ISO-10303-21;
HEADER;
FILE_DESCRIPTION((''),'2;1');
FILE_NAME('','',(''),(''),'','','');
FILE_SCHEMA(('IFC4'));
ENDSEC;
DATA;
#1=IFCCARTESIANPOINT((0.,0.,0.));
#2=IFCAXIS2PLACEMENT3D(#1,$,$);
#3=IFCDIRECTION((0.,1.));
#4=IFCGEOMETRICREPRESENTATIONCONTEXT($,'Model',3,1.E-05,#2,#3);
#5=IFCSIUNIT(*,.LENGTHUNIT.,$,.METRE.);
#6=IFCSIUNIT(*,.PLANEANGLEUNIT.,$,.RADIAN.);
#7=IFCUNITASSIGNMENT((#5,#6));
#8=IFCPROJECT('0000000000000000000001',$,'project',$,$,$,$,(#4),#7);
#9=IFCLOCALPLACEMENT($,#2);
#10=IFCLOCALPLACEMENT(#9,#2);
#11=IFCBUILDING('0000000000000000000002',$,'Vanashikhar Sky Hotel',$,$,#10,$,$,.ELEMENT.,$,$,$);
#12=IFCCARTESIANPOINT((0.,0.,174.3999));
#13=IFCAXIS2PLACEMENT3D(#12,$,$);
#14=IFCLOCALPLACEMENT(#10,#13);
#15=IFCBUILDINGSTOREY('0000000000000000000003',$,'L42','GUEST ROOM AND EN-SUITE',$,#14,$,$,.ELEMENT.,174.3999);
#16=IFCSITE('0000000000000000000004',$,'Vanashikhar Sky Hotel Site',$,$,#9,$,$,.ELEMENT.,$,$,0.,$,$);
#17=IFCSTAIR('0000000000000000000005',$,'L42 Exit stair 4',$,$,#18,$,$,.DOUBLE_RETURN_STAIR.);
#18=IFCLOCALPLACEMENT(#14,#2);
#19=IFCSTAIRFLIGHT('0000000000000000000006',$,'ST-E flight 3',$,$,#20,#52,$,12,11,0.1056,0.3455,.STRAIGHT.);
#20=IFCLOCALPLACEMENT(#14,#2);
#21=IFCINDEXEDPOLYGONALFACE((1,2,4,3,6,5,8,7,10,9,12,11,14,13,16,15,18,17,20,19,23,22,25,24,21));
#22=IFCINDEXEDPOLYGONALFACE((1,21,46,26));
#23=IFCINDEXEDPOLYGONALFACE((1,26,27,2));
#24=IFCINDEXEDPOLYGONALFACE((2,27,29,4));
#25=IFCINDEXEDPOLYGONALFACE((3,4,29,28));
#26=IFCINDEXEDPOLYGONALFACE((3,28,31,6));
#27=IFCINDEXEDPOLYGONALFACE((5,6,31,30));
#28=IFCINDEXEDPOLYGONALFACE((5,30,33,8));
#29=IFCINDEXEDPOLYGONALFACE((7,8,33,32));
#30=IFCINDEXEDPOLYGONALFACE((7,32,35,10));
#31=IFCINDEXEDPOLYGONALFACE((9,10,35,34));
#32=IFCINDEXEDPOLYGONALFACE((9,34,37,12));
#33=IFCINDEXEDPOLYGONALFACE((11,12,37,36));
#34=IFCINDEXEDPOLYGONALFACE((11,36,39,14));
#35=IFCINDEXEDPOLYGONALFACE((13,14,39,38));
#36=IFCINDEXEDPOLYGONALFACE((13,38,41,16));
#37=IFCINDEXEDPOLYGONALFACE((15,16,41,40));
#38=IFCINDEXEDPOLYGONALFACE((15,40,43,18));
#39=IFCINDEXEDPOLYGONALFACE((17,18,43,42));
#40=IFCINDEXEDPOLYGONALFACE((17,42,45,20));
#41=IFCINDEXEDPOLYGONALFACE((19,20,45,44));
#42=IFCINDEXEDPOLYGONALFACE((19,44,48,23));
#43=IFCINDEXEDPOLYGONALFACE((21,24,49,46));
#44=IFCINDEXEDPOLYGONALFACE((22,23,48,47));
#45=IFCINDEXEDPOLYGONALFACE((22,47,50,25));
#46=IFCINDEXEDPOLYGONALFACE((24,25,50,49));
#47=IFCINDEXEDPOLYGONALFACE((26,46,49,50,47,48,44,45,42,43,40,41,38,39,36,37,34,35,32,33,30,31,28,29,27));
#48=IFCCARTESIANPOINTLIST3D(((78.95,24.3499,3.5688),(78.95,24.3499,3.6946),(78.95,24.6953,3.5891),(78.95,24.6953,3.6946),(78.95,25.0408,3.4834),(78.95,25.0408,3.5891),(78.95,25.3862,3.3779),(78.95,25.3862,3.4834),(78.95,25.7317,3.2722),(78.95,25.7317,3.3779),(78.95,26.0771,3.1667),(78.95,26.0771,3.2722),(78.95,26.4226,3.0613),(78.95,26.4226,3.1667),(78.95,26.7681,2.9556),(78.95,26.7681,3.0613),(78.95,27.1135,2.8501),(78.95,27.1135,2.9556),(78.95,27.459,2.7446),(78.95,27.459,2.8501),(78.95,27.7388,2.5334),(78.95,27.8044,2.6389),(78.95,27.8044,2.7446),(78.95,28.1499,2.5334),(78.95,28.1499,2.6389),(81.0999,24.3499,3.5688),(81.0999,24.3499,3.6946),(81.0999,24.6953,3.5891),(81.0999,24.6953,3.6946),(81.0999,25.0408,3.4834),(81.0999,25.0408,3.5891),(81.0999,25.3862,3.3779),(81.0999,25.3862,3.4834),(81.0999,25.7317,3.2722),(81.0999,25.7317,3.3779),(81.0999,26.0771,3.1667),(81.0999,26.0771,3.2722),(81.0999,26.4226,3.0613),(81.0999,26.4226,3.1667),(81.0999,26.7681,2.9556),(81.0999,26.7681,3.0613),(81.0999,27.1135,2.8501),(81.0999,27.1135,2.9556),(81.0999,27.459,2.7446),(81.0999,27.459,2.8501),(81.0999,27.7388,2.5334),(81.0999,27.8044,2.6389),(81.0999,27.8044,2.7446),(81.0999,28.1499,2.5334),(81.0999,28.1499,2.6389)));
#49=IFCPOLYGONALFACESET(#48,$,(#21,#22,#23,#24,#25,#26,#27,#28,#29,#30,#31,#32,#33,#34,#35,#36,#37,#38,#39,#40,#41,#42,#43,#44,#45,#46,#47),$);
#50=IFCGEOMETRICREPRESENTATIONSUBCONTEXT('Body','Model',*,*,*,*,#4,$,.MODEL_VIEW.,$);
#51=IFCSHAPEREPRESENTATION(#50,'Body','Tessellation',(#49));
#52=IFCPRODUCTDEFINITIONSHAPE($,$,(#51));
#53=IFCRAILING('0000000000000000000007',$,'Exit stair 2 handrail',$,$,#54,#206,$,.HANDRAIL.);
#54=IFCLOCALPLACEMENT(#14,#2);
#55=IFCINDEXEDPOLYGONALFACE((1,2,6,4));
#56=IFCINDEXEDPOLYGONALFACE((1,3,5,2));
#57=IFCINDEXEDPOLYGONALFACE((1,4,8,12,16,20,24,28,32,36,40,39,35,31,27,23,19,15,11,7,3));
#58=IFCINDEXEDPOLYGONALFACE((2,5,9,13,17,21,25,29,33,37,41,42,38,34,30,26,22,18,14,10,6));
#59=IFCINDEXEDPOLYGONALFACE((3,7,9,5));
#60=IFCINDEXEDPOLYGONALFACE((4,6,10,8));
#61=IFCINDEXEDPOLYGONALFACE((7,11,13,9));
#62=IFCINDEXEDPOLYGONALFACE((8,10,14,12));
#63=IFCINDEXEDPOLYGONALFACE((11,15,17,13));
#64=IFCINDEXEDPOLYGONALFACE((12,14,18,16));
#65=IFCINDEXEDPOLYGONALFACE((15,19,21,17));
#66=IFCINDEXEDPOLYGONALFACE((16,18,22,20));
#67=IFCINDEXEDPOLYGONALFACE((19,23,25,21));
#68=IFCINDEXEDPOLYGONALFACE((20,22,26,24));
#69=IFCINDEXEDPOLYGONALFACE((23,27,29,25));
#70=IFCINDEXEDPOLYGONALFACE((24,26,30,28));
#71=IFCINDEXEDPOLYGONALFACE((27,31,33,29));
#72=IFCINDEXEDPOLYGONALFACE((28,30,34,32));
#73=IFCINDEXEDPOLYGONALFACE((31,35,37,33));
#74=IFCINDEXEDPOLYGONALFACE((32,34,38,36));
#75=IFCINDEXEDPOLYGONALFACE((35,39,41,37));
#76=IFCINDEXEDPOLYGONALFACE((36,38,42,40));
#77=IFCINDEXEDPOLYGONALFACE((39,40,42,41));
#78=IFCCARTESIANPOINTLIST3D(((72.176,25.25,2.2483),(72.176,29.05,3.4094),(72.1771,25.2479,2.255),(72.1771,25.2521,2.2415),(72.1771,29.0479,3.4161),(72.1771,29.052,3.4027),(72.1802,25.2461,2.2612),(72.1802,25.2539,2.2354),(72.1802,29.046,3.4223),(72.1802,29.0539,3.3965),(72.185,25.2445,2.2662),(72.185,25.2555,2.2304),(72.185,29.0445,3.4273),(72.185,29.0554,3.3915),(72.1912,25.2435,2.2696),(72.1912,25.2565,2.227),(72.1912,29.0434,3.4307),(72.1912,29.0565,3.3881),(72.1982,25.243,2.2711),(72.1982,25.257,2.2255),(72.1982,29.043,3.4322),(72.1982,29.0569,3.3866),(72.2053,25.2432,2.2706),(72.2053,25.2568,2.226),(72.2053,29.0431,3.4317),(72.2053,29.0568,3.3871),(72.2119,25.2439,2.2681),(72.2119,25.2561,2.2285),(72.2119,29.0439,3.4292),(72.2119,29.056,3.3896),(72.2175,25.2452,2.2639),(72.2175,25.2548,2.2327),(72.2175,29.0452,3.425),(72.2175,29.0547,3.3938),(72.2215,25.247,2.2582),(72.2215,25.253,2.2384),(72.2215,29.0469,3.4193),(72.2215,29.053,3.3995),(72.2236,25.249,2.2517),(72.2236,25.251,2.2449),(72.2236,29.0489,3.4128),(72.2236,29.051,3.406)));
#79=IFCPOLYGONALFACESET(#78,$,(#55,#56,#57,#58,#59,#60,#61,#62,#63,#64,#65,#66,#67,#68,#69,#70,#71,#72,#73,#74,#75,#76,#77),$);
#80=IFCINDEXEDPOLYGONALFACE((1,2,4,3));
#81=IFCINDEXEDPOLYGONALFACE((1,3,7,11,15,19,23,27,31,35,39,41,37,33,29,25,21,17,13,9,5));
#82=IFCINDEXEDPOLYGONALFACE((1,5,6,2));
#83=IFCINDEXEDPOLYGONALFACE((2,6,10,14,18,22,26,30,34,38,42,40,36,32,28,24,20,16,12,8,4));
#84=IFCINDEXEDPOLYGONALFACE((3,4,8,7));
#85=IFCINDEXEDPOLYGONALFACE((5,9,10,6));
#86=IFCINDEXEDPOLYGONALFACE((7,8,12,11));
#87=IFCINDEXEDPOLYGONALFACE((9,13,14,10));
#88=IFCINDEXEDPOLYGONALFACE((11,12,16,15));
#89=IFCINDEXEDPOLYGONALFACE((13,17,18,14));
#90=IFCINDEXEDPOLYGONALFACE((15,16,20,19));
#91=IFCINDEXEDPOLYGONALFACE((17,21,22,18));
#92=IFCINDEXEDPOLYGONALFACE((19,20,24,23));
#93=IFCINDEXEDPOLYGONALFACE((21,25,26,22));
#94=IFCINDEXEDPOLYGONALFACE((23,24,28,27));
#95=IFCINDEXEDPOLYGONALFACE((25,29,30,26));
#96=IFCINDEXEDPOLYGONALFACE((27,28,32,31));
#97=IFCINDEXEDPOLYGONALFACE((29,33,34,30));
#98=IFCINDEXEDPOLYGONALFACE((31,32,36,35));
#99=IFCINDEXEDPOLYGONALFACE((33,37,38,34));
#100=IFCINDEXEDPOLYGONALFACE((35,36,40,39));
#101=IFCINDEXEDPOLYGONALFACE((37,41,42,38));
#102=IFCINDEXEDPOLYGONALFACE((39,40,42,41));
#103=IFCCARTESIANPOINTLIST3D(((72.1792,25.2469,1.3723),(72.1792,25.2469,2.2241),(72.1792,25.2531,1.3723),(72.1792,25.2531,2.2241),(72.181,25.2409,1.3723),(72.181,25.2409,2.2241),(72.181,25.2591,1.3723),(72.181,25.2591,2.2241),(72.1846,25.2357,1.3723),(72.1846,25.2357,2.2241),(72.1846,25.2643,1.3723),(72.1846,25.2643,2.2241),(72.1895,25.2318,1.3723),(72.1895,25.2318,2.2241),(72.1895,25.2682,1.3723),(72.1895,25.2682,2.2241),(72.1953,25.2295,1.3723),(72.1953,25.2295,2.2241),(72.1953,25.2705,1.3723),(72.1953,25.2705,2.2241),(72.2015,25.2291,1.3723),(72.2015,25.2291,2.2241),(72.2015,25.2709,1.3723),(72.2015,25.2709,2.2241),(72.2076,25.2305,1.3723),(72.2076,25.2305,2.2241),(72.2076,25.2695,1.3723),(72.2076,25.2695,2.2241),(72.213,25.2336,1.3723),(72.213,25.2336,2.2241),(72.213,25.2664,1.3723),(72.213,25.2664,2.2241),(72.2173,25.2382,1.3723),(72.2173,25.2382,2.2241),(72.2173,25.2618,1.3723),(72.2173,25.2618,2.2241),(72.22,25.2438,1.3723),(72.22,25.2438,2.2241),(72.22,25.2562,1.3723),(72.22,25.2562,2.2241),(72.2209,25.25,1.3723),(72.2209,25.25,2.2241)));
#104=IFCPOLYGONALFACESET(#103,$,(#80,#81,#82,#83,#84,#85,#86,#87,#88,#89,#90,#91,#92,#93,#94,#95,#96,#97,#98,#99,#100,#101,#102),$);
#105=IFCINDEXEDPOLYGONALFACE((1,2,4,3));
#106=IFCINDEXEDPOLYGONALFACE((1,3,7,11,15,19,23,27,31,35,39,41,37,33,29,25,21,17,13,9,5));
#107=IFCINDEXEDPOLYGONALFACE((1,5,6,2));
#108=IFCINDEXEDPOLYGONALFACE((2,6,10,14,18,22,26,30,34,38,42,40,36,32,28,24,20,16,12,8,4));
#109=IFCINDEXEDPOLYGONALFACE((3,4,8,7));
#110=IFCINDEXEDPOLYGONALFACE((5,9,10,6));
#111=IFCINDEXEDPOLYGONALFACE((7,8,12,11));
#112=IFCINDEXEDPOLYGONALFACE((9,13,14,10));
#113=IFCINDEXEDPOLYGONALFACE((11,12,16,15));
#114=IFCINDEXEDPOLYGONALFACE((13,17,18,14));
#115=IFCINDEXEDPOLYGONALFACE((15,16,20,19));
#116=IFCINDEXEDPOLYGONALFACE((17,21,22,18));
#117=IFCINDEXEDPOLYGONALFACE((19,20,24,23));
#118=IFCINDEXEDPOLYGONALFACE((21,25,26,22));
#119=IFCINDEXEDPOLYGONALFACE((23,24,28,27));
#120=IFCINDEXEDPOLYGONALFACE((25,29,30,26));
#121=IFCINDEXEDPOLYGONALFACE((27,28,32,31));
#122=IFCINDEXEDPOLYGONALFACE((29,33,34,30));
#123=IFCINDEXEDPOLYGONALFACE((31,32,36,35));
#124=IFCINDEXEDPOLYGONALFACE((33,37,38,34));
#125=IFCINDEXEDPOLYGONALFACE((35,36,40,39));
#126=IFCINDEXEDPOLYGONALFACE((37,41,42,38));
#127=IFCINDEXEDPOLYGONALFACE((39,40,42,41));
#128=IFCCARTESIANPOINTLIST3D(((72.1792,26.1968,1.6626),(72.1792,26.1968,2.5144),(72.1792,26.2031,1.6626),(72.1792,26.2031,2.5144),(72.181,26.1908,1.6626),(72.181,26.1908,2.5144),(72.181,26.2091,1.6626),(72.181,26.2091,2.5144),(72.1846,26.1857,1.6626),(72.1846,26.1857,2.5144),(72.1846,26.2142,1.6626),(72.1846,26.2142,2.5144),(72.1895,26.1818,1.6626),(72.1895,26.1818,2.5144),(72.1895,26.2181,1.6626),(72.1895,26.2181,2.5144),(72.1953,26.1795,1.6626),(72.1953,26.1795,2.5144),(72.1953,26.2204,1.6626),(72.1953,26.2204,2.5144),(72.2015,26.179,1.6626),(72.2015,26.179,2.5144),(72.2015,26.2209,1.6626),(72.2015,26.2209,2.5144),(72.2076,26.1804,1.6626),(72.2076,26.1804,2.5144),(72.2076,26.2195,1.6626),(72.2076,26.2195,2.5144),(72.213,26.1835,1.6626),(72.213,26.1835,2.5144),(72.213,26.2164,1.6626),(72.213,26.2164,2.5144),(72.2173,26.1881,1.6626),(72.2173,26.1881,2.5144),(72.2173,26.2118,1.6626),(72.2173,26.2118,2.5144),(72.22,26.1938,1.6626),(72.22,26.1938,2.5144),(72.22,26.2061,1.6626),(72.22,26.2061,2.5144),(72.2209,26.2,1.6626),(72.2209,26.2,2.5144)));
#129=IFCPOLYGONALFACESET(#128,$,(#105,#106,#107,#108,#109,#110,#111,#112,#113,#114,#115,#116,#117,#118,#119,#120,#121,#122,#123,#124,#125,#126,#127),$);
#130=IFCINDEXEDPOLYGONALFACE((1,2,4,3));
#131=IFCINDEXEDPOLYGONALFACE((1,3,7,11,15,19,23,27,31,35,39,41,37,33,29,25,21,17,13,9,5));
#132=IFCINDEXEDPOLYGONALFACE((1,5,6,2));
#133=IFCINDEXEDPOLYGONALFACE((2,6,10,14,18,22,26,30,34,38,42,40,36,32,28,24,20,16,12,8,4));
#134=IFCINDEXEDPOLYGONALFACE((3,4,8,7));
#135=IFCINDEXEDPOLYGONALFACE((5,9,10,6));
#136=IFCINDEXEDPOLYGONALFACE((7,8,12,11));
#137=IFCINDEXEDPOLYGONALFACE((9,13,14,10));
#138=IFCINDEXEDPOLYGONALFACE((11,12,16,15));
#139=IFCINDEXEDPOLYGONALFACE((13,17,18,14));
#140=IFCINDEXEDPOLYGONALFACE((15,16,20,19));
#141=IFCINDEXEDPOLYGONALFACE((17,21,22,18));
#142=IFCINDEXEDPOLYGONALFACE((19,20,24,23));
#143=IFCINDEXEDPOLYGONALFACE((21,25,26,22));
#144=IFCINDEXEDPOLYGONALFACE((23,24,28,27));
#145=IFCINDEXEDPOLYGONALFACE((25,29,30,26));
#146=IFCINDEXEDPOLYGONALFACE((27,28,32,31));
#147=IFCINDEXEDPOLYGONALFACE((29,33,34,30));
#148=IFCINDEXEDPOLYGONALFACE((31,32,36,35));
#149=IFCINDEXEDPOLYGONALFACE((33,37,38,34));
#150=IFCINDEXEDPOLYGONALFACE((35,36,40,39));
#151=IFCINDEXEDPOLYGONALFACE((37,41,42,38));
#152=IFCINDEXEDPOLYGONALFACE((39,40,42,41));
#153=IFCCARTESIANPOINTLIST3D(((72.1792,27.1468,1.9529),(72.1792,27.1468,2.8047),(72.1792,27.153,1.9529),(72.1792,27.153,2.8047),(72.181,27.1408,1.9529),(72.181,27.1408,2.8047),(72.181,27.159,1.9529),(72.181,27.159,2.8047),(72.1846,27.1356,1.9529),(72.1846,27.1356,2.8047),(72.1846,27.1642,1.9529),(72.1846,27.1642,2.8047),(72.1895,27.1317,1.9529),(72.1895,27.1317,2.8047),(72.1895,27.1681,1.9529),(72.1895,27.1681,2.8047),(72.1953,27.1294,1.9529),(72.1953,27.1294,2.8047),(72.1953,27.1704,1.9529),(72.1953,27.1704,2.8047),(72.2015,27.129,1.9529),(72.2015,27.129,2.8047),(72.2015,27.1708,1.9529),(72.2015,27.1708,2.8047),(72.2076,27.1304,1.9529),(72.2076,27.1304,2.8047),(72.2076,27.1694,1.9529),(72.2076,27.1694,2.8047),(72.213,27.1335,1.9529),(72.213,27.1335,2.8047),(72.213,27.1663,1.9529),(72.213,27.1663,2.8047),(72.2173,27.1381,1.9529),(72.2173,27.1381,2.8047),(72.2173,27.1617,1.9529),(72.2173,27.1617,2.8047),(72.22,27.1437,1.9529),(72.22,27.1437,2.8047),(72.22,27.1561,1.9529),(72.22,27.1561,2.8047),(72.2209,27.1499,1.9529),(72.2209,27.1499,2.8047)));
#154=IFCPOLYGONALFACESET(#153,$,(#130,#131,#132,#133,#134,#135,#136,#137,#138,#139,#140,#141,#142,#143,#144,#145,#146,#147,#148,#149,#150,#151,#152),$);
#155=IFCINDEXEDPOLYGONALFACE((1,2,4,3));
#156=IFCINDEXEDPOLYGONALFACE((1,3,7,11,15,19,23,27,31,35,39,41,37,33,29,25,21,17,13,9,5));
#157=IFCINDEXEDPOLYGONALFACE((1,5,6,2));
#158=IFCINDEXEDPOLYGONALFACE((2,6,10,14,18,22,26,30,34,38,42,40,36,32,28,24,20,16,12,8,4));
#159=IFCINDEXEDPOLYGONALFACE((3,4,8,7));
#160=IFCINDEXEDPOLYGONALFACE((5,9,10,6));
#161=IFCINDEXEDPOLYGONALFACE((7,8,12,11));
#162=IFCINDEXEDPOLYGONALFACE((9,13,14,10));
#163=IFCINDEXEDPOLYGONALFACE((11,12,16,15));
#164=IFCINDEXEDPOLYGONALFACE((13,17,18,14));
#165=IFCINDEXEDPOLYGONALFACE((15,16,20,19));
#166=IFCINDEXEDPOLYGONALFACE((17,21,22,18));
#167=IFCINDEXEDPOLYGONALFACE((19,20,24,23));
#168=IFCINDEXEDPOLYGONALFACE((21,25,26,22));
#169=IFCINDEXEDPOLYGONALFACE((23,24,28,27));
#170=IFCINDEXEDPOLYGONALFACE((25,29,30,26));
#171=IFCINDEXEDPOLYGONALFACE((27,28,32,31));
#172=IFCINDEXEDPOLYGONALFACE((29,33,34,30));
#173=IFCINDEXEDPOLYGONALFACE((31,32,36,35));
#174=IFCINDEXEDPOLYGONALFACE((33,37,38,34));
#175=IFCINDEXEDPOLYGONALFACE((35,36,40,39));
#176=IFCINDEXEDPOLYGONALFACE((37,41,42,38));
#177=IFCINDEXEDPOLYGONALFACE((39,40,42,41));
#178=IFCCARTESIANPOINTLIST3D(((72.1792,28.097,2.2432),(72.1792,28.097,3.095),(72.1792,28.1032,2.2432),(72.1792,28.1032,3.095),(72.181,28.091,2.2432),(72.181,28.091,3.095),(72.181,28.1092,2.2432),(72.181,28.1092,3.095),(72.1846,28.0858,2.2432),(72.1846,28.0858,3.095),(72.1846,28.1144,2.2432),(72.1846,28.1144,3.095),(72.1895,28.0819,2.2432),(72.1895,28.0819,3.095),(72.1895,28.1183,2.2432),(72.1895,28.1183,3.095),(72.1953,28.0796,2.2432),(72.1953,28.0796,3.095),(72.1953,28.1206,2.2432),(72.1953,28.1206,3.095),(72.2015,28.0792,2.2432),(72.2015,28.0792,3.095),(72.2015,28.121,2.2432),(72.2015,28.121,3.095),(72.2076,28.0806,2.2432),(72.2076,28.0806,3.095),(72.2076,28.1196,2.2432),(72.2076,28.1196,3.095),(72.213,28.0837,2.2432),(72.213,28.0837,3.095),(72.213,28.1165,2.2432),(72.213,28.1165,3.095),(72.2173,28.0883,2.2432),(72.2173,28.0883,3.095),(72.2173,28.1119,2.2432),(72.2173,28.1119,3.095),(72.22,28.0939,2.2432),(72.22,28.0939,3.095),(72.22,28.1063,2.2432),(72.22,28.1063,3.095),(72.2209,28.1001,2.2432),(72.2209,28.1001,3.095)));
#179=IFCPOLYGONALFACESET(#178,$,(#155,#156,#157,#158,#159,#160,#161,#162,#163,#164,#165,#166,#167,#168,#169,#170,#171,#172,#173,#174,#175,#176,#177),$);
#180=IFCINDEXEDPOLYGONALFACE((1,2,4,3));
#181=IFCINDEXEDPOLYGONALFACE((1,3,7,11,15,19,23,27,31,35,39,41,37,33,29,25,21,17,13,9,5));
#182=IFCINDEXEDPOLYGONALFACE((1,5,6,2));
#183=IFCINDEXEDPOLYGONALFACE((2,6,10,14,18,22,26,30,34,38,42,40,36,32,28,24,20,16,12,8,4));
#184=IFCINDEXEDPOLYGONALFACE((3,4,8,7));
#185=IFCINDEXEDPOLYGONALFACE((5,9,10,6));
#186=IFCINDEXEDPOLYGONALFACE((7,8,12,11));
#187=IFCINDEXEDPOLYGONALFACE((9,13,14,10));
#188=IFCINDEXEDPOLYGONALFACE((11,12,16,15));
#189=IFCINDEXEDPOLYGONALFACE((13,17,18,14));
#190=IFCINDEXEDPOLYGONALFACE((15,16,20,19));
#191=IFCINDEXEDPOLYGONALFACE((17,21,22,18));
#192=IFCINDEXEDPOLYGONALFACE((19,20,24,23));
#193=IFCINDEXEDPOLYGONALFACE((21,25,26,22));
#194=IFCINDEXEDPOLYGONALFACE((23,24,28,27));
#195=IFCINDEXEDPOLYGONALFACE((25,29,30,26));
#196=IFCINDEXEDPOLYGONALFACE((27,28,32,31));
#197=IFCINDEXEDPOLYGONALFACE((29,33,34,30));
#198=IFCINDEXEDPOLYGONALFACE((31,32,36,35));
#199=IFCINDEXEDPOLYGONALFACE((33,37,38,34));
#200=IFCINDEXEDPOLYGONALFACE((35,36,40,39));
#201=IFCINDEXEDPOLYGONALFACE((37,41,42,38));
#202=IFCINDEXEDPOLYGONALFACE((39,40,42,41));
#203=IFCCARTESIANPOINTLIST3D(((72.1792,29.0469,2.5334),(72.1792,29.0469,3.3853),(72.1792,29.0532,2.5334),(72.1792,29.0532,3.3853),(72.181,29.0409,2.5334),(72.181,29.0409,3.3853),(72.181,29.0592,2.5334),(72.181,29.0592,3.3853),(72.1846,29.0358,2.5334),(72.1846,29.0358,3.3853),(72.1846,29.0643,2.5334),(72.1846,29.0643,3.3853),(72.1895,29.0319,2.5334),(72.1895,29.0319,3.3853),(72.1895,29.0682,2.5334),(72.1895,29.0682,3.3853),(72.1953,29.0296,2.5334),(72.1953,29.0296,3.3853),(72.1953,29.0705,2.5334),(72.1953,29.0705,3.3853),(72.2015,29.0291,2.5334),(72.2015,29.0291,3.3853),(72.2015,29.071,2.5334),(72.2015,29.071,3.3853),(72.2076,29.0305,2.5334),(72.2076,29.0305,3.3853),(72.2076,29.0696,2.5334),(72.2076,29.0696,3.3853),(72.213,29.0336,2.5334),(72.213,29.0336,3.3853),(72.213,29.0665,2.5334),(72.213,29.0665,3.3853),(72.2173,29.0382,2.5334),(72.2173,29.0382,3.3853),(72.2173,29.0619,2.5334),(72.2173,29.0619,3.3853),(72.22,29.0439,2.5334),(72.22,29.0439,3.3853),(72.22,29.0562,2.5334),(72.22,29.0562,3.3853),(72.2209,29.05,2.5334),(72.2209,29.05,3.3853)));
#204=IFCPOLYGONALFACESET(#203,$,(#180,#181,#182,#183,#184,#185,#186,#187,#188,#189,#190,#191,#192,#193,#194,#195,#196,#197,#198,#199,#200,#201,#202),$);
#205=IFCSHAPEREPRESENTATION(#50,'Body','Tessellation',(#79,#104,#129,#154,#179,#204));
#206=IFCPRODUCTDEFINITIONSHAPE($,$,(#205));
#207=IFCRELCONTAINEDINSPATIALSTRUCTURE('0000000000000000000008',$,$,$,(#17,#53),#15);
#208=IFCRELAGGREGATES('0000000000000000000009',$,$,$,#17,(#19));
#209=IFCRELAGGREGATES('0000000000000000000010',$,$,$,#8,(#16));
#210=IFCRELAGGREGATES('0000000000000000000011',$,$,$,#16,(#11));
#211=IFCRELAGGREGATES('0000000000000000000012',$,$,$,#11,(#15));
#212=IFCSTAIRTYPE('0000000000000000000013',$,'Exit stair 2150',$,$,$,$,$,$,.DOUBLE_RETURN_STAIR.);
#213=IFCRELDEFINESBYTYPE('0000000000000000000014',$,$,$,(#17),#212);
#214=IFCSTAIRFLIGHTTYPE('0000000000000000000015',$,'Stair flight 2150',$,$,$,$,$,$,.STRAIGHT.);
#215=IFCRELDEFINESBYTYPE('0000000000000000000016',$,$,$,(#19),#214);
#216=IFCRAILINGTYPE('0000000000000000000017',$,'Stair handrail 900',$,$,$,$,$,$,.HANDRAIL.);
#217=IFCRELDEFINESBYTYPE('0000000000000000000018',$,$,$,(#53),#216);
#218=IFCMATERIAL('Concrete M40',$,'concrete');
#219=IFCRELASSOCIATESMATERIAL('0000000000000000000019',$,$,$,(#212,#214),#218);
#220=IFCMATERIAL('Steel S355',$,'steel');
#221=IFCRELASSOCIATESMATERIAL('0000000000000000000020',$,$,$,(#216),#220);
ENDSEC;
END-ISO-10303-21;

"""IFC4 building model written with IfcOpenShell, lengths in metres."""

from ifc_helpers import new_model, si_unit, direction, frame, origin, origin_2d, place, context, subcontext, project, spatial, polyline, circle, outline, extrude, source, transform, mapped, material, type_object, element, aggregate, save


model = new_model("IFC4")

# Units and contexts
model_context = context("Model", 3, precision=1e-05, world=origin(), true_north=direction((0.0, 1.0)))
body_context = subcontext(model_context, "Body", "Model", "MODEL_VIEW")
ifc_project = project(units=[si_unit("LENGTHUNIT", "METRE"), si_unit("PLANEANGLEUNIT", "RADIAN")], contexts=[model_context])

# Site, building, storey
site_placement = place(None, origin())
site = spatial("IfcSite", under=ifc_project, at=site_placement, Name="Vanashikhar Sky Hotel Site", CompositionType="ELEMENT", RefElevation=0.0)
building_placement = place(site_placement, origin())
building = spatial("IfcBuilding", under=site, at=building_placement, Name="Vanashikhar Sky Hotel", CompositionType="ELEMENT")
storey_placement = place(building_placement, frame((0.0, 0.0, 174.3999)))
storey = spatial("IfcBuildingStorey", under=building, at=storey_placement, Name="L42", Description="GUEST ROOM AND EN-SUITE", CompositionType="ELEMENT", Elevation=174.3999)

# Shared definitions
ifc_material_1 = material(Name="Concrete M40", Category="concrete")
stair_type = type_object("IfcStairType", Name="Exit stair 2150", PredefinedType="DOUBLE_RETURN_STAIR", material=ifc_material_1)
stair_flight_type = type_object("IfcStairFlightType", Name="Stair flight 2150", PredefinedType="STRAIGHT", material=ifc_material_1)
shared_shape_1 = source(origin(), body_context, "Body", "SweptSolid", [
    extrude(outline(polyline([(0.0, 0.0), (0.0, 0.1055), (0.3455, 0.1055), (0.3455, 0.2112), (0.6909, 0.2112), (0.6909, 0.3167), (1.0364, 0.3167), (1.0364, 0.4221), (1.3818, 0.4221), (1.3818, 0.5278), (1.7273, 0.5278), (1.7273, 0.6333), (2.0728, 0.6333), (2.0728, 0.7388), (2.4182, 0.7388), (2.4182, 0.8445), (2.7637, 0.8445), (2.7637, 0.95), (3.1091, 0.95), (3.1091, 1.0557), (3.4546, 1.0557), (3.4546, 1.1611), (3.8, 1.1611), (3.8, 1.2666), (3.8, 1.0354), (0.4111, 0.0), (0.0, 0.0)])), frame((0.0, 1.075, 0.0), z_axis=(0.0, -1.0, 0.0), x_axis=(1.0, 0.0, 0.0)), (0.0, 0.0, 1.0), 2.1499),
])

# Stair, stair flight
stair_1_placement = place(storey_placement, origin())
stair_1 = element("IfcStair", 1, at=stair_1_placement, inside=storey, type_object=stair_type, Name="L42 Exit stair 4", PredefinedType="DOUBLE_RETURN_STAIR")
stair_flight_1_placement = place(storey_placement, frame((80.0249, 28.1499, 2.5334), z_axis=(0.0, 0.0, 1.0), x_axis=(0.0, -1.0, 0.0)))
stair_flight_1 = element("IfcStairFlight", 2, at=stair_flight_1_placement, type_object=stair_flight_type, Name="ST-E flight 3", NumberOfRisers=12, NumberOfTreads=11, PredefinedType="STRAIGHT", RiserHeight=0.1056, TreadLength=0.3455, context=body_context, shape_type="MappedRepresentation", body=[
    mapped(shared_shape_1, transform((0.0, 0.0, 0.0), scale=1.0)),
])
aggregate(stair_1, [stair_flight_1])

# Railing
ifc_material_2 = material(Name="Steel S355", Category="steel")
railing_type_1 = type_object("IfcRailingType", Name="Stair handrail 900", PredefinedType="HANDRAIL", material=ifc_material_2)
shared_shape_2 = source(origin(), body_context, "Body", "SweptSolid", [
    extrude(circle(Radius=0.0239, at=origin_2d()), frame((0.0, 0.0, 0.876), z_axis=(0.0, 0.956351, 0.29222), x_axis=(-1.0, 0.0, 0.0)), (0.0, 0.0, 1.0), 3.9734),
    extrude(circle(Radius=0.021, at=origin_2d()), origin(), (0.0, 0.0, 1.0), 0.8518),
    extrude(circle(Radius=0.021, at=origin_2d()), frame((0.0, 0.95, 0.2903)), (0.0, 0.0, 1.0), 0.8518),
    extrude(circle(Radius=0.021, at=origin_2d()), frame((0.0, 1.8999, 0.5806)), (0.0, 0.0, 1.0), 0.8518),
    extrude(circle(Radius=0.021, at=origin_2d()), frame((0.0, 2.8501, 0.8708)), (0.0, 0.0, 1.0), 0.8518),
    extrude(circle(Radius=0.021, at=origin_2d()), frame((0.0, 3.8, 1.1611)), (0.0, 0.0, 1.0), 0.8518),
])
railing_1_placement = place(storey_placement, frame((72.2, 25.25, 1.3723)))
element("IfcRailing", 3, at=railing_1_placement, inside=storey, type_object=railing_type_1, Name="Exit stair 2 handrail", PredefinedType="HANDRAIL", context=body_context, shape_type="MappedRepresentation", body=[
    mapped(shared_shape_2, transform((0.0, 0.0, 0.0), scale=1.0)),
])

save(model, "model.ifc")
